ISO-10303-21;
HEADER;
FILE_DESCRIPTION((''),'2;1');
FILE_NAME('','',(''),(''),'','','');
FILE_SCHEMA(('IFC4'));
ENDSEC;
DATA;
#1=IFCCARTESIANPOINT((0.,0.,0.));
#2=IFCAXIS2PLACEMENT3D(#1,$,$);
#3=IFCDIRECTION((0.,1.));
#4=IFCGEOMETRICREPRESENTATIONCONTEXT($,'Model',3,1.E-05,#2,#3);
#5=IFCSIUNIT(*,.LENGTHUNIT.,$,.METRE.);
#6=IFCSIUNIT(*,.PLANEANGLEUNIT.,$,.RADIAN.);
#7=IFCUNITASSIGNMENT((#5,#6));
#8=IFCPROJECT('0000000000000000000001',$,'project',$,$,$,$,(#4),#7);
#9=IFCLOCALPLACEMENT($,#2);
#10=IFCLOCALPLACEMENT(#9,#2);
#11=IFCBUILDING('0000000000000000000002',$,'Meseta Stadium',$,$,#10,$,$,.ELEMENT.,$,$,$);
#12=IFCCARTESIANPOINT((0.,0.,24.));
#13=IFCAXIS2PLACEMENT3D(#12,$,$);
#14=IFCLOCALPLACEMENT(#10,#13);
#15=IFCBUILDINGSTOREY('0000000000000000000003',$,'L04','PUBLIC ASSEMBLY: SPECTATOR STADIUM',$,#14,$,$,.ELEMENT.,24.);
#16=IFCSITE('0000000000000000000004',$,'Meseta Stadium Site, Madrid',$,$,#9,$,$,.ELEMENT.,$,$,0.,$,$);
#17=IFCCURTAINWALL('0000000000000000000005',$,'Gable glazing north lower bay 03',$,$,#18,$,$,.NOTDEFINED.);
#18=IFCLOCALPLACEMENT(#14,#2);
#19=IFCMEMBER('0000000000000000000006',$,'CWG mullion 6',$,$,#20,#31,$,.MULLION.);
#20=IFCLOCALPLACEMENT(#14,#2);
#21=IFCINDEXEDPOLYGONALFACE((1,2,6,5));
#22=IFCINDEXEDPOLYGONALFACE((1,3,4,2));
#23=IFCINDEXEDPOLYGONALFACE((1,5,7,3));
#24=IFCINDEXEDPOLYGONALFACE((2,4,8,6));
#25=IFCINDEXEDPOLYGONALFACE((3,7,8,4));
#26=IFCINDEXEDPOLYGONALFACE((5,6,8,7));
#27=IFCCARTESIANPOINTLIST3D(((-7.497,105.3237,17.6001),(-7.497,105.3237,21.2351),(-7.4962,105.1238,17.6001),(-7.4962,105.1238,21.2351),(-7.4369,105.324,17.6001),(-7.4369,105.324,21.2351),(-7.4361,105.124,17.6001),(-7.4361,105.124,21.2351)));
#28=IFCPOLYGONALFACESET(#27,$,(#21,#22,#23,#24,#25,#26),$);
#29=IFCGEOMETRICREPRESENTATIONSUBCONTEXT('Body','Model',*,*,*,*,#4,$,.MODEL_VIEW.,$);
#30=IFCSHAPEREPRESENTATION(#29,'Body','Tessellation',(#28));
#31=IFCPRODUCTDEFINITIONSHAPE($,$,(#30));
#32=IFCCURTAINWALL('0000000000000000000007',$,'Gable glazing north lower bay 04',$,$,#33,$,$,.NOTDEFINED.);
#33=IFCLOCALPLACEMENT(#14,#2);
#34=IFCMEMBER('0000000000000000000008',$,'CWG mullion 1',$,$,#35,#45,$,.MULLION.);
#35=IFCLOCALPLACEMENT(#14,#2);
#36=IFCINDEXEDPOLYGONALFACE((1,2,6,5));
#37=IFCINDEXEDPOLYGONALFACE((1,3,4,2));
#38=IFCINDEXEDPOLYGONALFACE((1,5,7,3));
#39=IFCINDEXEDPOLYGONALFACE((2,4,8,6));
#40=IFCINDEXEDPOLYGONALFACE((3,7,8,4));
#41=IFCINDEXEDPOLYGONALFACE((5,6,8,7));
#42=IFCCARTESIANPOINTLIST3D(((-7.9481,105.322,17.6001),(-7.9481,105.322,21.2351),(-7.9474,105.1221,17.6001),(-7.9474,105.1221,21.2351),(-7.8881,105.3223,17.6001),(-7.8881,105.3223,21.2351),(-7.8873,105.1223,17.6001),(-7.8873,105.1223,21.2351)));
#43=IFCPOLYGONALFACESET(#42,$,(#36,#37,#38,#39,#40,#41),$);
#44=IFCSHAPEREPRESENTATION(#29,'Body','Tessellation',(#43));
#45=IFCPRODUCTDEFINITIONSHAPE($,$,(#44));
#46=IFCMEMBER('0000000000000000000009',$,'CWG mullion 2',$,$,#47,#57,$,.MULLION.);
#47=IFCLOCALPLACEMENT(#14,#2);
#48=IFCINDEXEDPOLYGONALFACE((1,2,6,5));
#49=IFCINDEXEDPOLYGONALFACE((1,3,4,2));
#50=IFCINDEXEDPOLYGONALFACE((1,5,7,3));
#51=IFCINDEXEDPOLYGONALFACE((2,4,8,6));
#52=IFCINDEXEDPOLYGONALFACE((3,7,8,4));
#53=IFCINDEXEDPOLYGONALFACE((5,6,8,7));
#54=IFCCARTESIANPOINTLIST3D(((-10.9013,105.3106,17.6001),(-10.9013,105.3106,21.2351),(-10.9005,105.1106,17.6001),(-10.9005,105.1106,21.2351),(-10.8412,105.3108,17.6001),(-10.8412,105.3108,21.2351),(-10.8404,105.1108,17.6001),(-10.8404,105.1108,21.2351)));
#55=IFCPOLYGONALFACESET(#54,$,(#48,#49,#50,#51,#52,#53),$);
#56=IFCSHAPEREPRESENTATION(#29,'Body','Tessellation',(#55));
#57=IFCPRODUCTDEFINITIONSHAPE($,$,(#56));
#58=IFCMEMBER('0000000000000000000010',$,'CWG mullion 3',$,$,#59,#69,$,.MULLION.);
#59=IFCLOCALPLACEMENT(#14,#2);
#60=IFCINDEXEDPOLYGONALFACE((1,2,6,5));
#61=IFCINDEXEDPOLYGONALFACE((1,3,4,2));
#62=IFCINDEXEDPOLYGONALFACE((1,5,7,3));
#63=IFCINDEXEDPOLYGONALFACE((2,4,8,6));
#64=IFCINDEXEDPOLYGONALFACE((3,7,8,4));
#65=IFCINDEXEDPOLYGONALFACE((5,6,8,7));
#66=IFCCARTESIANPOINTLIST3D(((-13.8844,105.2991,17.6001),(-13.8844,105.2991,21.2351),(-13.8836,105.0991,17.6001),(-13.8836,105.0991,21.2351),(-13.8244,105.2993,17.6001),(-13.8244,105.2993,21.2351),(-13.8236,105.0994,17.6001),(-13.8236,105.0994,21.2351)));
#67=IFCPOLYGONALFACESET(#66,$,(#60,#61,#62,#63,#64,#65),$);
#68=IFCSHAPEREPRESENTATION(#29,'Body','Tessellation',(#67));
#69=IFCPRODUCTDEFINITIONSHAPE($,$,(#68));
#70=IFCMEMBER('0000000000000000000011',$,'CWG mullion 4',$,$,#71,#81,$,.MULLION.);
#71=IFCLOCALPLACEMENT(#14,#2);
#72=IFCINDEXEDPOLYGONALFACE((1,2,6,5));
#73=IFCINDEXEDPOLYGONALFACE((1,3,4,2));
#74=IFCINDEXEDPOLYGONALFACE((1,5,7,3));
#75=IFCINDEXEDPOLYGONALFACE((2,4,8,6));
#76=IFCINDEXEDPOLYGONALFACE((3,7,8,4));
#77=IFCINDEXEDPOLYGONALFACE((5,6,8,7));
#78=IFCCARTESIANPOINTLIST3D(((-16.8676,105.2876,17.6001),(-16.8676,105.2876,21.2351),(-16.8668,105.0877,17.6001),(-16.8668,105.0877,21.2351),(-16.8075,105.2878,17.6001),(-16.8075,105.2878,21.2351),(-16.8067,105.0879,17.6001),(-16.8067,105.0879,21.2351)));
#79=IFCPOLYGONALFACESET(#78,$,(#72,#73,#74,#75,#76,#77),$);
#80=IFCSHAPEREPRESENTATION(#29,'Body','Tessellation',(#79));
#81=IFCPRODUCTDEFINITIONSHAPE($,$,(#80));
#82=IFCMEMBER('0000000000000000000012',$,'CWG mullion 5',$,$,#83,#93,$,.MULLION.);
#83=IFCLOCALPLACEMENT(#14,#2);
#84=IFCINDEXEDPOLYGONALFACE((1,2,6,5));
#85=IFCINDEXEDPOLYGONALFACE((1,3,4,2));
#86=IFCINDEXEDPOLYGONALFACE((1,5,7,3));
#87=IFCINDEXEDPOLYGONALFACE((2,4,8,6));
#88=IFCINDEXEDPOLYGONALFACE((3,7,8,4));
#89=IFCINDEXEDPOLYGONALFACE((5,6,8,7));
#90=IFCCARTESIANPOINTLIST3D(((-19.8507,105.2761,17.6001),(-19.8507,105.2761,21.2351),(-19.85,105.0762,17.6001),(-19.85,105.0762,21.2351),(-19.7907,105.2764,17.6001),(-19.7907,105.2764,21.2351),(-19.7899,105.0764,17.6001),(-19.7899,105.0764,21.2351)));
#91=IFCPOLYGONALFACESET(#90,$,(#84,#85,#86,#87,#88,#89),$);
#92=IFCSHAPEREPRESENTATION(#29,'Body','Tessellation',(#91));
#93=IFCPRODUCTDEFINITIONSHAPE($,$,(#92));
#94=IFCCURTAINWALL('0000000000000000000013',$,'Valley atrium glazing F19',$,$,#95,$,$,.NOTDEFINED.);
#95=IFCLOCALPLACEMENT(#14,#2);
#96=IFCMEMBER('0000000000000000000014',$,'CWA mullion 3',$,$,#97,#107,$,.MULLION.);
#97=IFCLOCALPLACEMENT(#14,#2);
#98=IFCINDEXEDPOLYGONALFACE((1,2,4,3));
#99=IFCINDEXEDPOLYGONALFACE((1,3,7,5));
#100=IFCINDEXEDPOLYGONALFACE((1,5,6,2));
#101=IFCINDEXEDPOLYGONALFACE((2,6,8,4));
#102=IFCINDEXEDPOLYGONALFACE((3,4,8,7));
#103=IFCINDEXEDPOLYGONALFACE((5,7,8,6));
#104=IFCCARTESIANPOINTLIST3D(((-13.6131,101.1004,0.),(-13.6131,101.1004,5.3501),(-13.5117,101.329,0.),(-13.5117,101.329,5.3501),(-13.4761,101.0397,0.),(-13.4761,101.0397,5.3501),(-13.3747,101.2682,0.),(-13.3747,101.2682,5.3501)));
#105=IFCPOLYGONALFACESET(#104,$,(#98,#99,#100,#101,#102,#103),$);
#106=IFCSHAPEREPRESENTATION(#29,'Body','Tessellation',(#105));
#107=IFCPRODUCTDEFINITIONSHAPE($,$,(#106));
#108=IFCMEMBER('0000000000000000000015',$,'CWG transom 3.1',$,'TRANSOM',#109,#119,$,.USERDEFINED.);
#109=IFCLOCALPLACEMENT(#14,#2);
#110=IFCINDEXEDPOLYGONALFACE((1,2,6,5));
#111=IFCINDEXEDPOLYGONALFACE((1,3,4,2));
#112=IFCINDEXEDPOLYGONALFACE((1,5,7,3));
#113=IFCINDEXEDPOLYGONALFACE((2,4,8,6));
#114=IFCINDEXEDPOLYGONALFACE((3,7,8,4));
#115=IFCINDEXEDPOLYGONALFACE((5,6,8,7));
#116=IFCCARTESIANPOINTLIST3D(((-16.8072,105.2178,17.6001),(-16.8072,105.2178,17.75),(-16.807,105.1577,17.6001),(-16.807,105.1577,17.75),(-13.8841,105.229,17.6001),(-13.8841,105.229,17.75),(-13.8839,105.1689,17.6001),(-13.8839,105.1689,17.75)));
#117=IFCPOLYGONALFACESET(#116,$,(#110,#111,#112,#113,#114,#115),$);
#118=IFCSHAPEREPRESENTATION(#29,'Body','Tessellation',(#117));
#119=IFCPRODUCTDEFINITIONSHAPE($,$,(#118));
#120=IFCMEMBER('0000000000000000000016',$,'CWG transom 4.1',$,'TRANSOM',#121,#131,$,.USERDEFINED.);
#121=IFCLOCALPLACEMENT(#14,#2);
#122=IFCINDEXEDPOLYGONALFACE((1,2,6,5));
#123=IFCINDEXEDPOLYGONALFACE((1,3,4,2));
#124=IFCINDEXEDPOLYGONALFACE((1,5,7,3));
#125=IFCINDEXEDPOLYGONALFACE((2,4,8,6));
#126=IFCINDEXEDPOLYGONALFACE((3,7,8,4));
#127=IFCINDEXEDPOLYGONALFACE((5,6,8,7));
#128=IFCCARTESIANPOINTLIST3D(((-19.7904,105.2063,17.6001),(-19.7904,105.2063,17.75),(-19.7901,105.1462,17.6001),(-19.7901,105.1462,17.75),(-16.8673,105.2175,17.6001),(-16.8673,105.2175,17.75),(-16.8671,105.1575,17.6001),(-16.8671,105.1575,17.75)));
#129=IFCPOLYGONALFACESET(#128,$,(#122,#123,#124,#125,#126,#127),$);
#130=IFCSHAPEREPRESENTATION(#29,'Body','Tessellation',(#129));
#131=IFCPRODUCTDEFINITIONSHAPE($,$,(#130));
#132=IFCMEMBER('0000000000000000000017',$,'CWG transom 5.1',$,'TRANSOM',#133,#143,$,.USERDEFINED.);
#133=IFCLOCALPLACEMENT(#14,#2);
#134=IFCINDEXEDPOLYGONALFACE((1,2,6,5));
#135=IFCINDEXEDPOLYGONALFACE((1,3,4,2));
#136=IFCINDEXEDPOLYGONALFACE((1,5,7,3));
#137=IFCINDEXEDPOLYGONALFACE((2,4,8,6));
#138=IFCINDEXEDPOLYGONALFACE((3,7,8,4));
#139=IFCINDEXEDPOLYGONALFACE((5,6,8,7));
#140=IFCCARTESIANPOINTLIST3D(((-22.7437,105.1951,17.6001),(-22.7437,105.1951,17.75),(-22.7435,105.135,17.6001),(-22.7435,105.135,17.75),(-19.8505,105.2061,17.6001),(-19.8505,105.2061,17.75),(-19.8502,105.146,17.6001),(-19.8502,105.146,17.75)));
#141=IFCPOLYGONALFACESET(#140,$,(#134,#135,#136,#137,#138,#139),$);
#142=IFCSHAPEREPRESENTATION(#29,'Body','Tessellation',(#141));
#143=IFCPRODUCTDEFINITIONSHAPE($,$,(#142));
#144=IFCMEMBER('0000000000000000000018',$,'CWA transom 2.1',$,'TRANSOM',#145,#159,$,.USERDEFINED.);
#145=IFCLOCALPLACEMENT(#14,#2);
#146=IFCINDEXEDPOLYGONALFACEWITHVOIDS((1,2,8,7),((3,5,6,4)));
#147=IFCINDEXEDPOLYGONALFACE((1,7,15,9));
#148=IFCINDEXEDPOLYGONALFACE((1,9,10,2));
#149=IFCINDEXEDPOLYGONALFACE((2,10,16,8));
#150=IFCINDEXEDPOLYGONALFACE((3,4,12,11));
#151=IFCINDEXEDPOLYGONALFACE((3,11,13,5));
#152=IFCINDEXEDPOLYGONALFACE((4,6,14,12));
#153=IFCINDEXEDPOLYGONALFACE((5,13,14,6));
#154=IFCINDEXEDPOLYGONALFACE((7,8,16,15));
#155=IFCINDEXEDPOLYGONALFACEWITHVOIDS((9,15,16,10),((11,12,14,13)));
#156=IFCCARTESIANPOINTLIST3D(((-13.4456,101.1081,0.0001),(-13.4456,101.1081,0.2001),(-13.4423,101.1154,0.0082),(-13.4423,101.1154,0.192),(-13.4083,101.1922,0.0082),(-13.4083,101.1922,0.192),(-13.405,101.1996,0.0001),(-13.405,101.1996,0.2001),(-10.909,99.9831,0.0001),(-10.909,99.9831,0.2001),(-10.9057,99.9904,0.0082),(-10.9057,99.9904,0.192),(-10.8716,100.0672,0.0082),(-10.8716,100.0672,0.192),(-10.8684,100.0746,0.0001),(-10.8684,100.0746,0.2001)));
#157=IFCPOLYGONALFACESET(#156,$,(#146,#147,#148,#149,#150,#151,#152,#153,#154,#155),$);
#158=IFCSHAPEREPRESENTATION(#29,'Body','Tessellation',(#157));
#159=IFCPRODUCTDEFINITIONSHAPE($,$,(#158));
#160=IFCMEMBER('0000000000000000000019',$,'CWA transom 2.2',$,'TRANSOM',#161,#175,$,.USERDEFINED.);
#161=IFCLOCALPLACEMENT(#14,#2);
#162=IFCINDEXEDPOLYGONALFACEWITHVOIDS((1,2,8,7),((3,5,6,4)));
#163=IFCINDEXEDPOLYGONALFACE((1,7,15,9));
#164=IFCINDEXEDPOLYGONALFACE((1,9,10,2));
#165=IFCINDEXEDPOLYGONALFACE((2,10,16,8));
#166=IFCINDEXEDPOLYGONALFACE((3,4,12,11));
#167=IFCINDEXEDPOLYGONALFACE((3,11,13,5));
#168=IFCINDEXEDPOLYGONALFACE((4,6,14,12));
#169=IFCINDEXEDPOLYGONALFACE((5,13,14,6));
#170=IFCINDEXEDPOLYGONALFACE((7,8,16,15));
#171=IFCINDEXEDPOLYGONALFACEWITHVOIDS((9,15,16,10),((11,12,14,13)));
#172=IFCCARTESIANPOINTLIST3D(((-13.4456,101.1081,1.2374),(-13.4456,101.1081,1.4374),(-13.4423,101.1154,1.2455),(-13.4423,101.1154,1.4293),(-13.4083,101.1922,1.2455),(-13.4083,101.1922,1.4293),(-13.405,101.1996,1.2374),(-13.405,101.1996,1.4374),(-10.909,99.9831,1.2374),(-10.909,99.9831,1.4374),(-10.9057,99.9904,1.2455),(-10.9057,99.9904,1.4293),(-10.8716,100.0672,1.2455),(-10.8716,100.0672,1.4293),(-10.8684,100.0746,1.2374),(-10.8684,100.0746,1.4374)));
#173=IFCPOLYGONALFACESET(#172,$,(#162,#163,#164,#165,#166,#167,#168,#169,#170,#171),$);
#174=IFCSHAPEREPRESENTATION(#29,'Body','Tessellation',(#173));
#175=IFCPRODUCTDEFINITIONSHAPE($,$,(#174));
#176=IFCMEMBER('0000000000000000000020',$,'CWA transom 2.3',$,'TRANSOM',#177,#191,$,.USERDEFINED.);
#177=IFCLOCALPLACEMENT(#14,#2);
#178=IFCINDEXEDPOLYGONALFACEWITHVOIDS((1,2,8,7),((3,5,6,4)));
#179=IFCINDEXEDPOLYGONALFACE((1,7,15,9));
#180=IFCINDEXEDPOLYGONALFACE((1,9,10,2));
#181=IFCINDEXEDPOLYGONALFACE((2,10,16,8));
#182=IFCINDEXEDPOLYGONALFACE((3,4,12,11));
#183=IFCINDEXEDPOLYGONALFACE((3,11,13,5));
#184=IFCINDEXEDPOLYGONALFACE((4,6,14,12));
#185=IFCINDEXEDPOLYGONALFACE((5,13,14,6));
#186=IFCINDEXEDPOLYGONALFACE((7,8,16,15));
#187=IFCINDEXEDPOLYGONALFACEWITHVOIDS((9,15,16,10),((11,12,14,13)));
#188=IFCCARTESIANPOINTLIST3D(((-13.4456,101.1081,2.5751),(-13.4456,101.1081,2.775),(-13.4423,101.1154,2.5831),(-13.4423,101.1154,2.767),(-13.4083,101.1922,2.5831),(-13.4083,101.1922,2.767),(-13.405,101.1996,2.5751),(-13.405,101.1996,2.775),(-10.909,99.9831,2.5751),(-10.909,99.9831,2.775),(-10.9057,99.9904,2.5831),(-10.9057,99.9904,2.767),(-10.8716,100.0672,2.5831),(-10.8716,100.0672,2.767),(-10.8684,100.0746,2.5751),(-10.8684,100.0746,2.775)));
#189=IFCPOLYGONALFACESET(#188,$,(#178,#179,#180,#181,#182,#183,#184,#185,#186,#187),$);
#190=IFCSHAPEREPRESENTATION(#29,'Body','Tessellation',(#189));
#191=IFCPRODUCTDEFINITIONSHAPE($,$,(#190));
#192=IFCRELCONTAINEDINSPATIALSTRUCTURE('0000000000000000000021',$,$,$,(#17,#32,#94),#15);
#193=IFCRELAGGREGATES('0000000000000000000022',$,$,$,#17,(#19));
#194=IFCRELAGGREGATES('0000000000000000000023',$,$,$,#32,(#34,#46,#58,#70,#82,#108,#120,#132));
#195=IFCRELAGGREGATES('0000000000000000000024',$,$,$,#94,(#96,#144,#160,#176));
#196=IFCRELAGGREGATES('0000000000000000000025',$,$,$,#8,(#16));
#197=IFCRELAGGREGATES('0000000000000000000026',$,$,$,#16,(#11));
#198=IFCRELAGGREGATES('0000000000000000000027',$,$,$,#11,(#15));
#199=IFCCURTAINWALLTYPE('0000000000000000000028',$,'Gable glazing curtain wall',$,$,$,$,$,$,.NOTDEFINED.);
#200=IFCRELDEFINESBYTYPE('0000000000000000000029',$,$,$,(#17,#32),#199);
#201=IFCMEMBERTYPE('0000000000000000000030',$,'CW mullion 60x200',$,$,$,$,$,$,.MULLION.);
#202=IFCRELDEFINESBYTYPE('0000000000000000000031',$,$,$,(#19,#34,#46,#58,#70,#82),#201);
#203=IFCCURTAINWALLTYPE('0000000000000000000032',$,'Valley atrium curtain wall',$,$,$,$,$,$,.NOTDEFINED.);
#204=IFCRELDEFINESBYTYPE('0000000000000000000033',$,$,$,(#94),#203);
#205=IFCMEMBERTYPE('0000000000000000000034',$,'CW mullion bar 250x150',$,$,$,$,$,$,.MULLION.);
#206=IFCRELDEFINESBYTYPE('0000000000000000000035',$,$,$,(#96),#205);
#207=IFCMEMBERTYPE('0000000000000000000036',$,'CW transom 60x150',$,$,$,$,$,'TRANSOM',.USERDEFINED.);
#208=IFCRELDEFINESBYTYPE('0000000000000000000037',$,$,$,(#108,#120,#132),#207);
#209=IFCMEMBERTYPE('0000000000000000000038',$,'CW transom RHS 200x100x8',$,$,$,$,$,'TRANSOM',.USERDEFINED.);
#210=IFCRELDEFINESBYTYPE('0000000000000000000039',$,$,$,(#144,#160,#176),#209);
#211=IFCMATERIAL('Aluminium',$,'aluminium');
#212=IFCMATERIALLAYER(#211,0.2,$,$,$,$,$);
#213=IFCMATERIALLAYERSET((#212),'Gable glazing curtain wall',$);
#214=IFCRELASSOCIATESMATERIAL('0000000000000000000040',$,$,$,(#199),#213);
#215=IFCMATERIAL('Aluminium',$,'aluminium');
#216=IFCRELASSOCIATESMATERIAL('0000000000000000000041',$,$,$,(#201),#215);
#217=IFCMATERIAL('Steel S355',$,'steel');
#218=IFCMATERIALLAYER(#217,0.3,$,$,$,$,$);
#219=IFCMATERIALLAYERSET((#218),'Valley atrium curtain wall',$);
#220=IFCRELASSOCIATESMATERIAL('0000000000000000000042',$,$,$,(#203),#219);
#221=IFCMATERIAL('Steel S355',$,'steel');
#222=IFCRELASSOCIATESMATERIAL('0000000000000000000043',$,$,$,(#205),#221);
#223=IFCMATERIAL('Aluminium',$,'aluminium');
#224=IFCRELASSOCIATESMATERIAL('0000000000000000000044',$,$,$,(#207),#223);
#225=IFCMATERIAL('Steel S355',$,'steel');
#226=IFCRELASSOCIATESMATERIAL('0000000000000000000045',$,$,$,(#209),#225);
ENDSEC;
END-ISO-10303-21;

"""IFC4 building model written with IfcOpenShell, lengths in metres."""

from ifc_helpers import new_model, si_unit, direction, frame, origin, origin_2d, place, context, subcontext, project, spatial, rectangle, hollow_rectangle, extrude, material, layer, layer_set, material_profile, profile_set, type_object, element, aggregate, save


model = new_model("IFC4")

# Units and contexts
model_context = context("Model", 3, precision=1e-05, world=origin(), true_north=direction((0.0, 1.0)))
body_context = subcontext(model_context, "Body", "Model", "MODEL_VIEW")
ifc_project = project(units=[si_unit("LENGTHUNIT", "METRE"), si_unit("PLANEANGLEUNIT", "RADIAN")], contexts=[model_context])

# Site, building, storey
site_placement = place(None, origin())
site = spatial("IfcSite", under=ifc_project, at=site_placement, Name="Meseta Stadium Site, Madrid", CompositionType="ELEMENT", RefElevation=0.0)
building_placement = place(site_placement, origin())
building = spatial("IfcBuilding", under=site, at=building_placement, Name="Meseta Stadium", CompositionType="ELEMENT")
storey_placement = place(building_placement, frame((0.0, 0.0, 24.0)))
storey = spatial("IfcBuildingStorey", under=building, at=storey_placement, Name="L04", Description="PUBLIC ASSEMBLY: SPECTATOR STADIUM", CompositionType="ELEMENT", Elevation=24.0)

# Curtain wall, member
ifc_material_1 = material(Name="Aluminium", Category="aluminium")
ifc_layer_1 = layer(ifc_material_1, 0.2)
ifc_layer_set_1 = layer_set([ifc_layer_1], Name="Gable glazing curtain wall")
curtain_wall_type_1 = type_object("IfcCurtainWallType", Name="Gable glazing curtain wall", PredefinedType="NOTDEFINED", material=ifc_layer_set_1)
curtain_wall_1_placement = place(storey_placement, origin())
curtain_wall_1 = element("IfcCurtainWall", 1, at=curtain_wall_1_placement, inside=storey, type_object=curtain_wall_type_1, Name="Gable glazing north lower bay 03", PredefinedType="NOTDEFINED")
ifc_material_2 = material(Name="Aluminium", Category="aluminium")
ifc_material_profile_1 = material_profile(ifc_material_2, rectangle(XDim=0.2, YDim=0.0601, at=origin_2d()), Name="CW 200x60")
ifc_profile_set_1 = profile_set([ifc_material_profile_1], Name="Aluminium")
member_type_1 = type_object("IfcMemberType", Name="CW mullion 60x200", PredefinedType="MULLION", material=ifc_profile_set_1)
member_1_placement = place(storey_placement, frame((-7.4666, 105.2239, 17.6001), z_axis=(0.0, 0.0, 1.0), x_axis=(0.003848, -0.999993, 0.0)))
member_1 = element("IfcMember", 2, at=member_1_placement, type_object=member_type_1, Name="CWG mullion 6", PredefinedType="MULLION", context=body_context, shape_type="SweptSolid", body=[
    extrude(rectangle(XDim=0.2, YDim=0.0601, at=origin_2d()), origin(), (0.0, 0.0, 1.0), 3.635),
])
aggregate(curtain_wall_1, [member_1])

# Curtain wall, members
curtain_wall_2_placement = place(storey_placement, origin())
curtain_wall_2 = element("IfcCurtainWall", 3, at=curtain_wall_2_placement, inside=storey, type_object=curtain_wall_type_1, Name="Gable glazing north lower bay 04", PredefinedType="NOTDEFINED")
member_2_placement = place(storey_placement, frame((-7.9177, 105.2222, 17.6001), z_axis=(0.0, 0.0, 1.0), x_axis=(0.003848, -0.999993, 0.0)))
member_2 = element("IfcMember", 4, at=member_2_placement, type_object=member_type_1, Name="CWG mullion 1", PredefinedType="MULLION", context=body_context, shape_type="SweptSolid", body=[
    extrude(rectangle(XDim=0.2, YDim=0.0601, at=origin_2d()), origin(), (0.0, 0.0, 1.0), 3.635),
])
member_3_placement = place(storey_placement, frame((-10.8708, 105.2107, 17.6001), z_axis=(0.0, 0.0, 1.0), x_axis=(0.003848, -0.999993, 0.0)))
member_3 = element("IfcMember", 5, at=member_3_placement, type_object=member_type_1, Name="CWG mullion 2", PredefinedType="MULLION", context=body_context, shape_type="SweptSolid", body=[
    extrude(rectangle(XDim=0.2, YDim=0.0601, at=origin_2d()), origin(), (0.0, 0.0, 1.0), 3.635),
])
member_4_placement = place(storey_placement, frame((-13.854, 105.1992, 17.6001), z_axis=(0.0, 0.0, 1.0), x_axis=(0.003848, -0.999993, 0.0)))
member_4 = element("IfcMember", 6, at=member_4_placement, type_object=member_type_1, Name="CWG mullion 3", PredefinedType="MULLION", context=body_context, shape_type="SweptSolid", body=[
    extrude(rectangle(XDim=0.2, YDim=0.0601, at=origin_2d()), origin(), (0.0, 0.0, 1.0), 3.635),
])
member_5_placement = place(storey_placement, frame((-16.8372, 105.1877, 17.6001), z_axis=(0.0, 0.0, 1.0), x_axis=(0.003848, -0.999993, 0.0)))
member_5 = element("IfcMember", 7, at=member_5_placement, type_object=member_type_1, Name="CWG mullion 4", PredefinedType="MULLION", context=body_context, shape_type="SweptSolid", body=[
    extrude(rectangle(XDim=0.2, YDim=0.0601, at=origin_2d()), origin(), (0.0, 0.0, 1.0), 3.635),
])
member_6_placement = place(storey_placement, frame((-19.8203, 105.1763, 17.6001), z_axis=(0.0, 0.0, 1.0), x_axis=(0.003848, -0.999993, 0.0)))
member_6 = element("IfcMember", 8, at=member_6_placement, type_object=member_type_1, Name="CWG mullion 5", PredefinedType="MULLION", context=body_context, shape_type="SweptSolid", body=[
    extrude(rectangle(XDim=0.2, YDim=0.0601, at=origin_2d()), origin(), (0.0, 0.0, 1.0), 3.635),
])

# Curtain wall, member
ifc_material_3 = material(Name="Steel S355", Category="steel")
ifc_layer_2 = layer(ifc_material_3, 0.3)
ifc_layer_set_2 = layer_set([ifc_layer_2], Name="Valley atrium curtain wall")
curtain_wall_type_2 = type_object("IfcCurtainWallType", Name="Valley atrium curtain wall", PredefinedType="NOTDEFINED", material=ifc_layer_set_2)
curtain_wall_3_placement = place(storey_placement, origin())
curtain_wall_3 = element("IfcCurtainWall", 9, at=curtain_wall_3_placement, inside=storey, type_object=curtain_wall_type_2, Name="Valley atrium glazing F19", PredefinedType="NOTDEFINED")
ifc_material_4 = material(Name="Steel S355", Category="steel")
ifc_material_profile_2 = material_profile(ifc_material_4, rectangle(XDim=0.25, YDim=0.1499, at=origin_2d()), Name="CW 250x150")
ifc_profile_set_2 = profile_set([ifc_material_profile_2], Name="Steel S355")
member_type_2 = type_object("IfcMemberType", Name="CW mullion bar 250x150", PredefinedType="MULLION", material=ifc_profile_set_2)
member_7_placement = place(storey_placement, frame((-13.4939, 101.1843, 0.0), z_axis=(0.0, 0.0, 1.0), x_axis=(-0.405401, -0.914139, 0.0)))
member_7 = element("IfcMember", 10, at=member_7_placement, type_object=member_type_2, Name="CWA mullion 3", PredefinedType="MULLION", context=body_context, shape_type="SweptSolid", body=[
    extrude(rectangle(XDim=0.25, YDim=0.1499, at=origin_2d()), origin(), (0.0, 0.0, 1.0), 5.3501),
])

# Members
ifc_material_5 = material(Name="Aluminium", Category="aluminium")
ifc_material_profile_3 = material_profile(ifc_material_5, rectangle(XDim=0.0601, YDim=0.1499, at=origin_2d()), Name="CW 60x150")
ifc_profile_set_3 = profile_set([ifc_material_profile_3], Name="Aluminium")
member_type_3 = type_object("IfcMemberType", Name="CW transom 60x150", ElementType="TRANSOM", PredefinedType="USERDEFINED", material=ifc_profile_set_3)
member_8_placement = place(storey_placement, frame((-13.884, 105.199, 17.675), z_axis=(-0.999993, -0.003842, 0.0), x_axis=(0.003842, -0.999993, 0.0)))
member_8 = element("IfcMember", 11, at=member_8_placement, type_object=member_type_3, Name="CWG transom 3.1", ObjectType="TRANSOM", PredefinedType="USERDEFINED", context=body_context, shape_type="SweptSolid", body=[
    extrude(rectangle(XDim=0.0601, YDim=0.1499, at=origin_2d()), origin(), (0.0, 0.0, 1.0), 2.9231),
])
member_9_placement = place(storey_placement, frame((-16.8672, 105.1875, 17.675), z_axis=(-0.999993, -0.003842, 0.0), x_axis=(0.003842, -0.999993, 0.0)))
member_9 = element("IfcMember", 12, at=member_9_placement, type_object=member_type_3, Name="CWG transom 4.1", ObjectType="TRANSOM", PredefinedType="USERDEFINED", context=body_context, shape_type="SweptSolid", body=[
    extrude(rectangle(XDim=0.0601, YDim=0.1499, at=origin_2d()), origin(), (0.0, 0.0, 1.0), 2.9231),
])
member_10_placement = place(storey_placement, frame((-19.8503, 105.176, 17.675), z_axis=(-0.999993, -0.003797, 0.0), x_axis=(0.003797, -0.999993, 0.0)))
member_10 = element("IfcMember", 13, at=member_10_placement, type_object=member_type_3, Name="CWG transom 5.1", ObjectType="TRANSOM", PredefinedType="USERDEFINED", context=body_context, shape_type="SweptSolid", body=[
    extrude(rectangle(XDim=0.0601, YDim=0.1499, at=origin_2d()), origin(), (0.0, 0.0, 1.0), 2.8933),
])
aggregate(curtain_wall_2, [member_2, member_3, member_4, member_5, member_6, member_8, member_9, member_10])
ifc_material_6 = material(Name="Steel S355", Category="steel")
ifc_material_profile_4 = material_profile(ifc_material_6, hollow_rectangle(XDim=0.1001, YDim=0.2, WallThickness=0.0081, at=origin_2d()), Name="RHS 200x100x8")
ifc_profile_set_4 = profile_set([ifc_material_profile_4], Name="Steel S355")
member_type_4 = type_object("IfcMemberType", Name="CW transom RHS 200x100x8", ElementType="TRANSOM", PredefinedType="USERDEFINED", material=ifc_profile_set_4)
member_11_placement = place(storey_placement, frame((-10.8887, 100.0288, 0.1001), z_axis=(-0.914131, 0.40542, 0.0), x_axis=(-0.40542, -0.914131, 0.0)))
member_11 = element("IfcMember", 14, at=member_11_placement, type_object=member_type_4, Name="CWA transom 2.1", ObjectType="TRANSOM", PredefinedType="USERDEFINED", context=body_context, shape_type="SweptSolid", body=[
    extrude(hollow_rectangle(XDim=0.1001, YDim=0.2, WallThickness=0.0081, at=origin_2d()), origin(), (0.0, 0.0, 1.0), 2.7749),
])
member_12_placement = place(storey_placement, frame((-10.8887, 100.0288, 1.3374), z_axis=(-0.914131, 0.40542, 0.0), x_axis=(-0.40542, -0.914131, 0.0)))
member_12 = element("IfcMember", 15, at=member_12_placement, type_object=member_type_4, Name="CWA transom 2.2", ObjectType="TRANSOM", PredefinedType="USERDEFINED", context=body_context, shape_type="SweptSolid", body=[
    extrude(hollow_rectangle(XDim=0.1001, YDim=0.2, WallThickness=0.0081, at=origin_2d()), origin(), (0.0, 0.0, 1.0), 2.7749),
])
member_13_placement = place(storey_placement, frame((-10.8887, 100.0288, 2.675), z_axis=(-0.914131, 0.40542, 0.0), x_axis=(-0.40542, -0.914131, 0.0)))
member_13 = element("IfcMember", 16, at=member_13_placement, type_object=member_type_4, Name="CWA transom 2.3", ObjectType="TRANSOM", PredefinedType="USERDEFINED", context=body_context, shape_type="SweptSolid", body=[
    extrude(hollow_rectangle(XDim=0.1001, YDim=0.2, WallThickness=0.0081, at=origin_2d()), origin(), (0.0, 0.0, 1.0), 2.7749),
])

aggregate(curtain_wall_3, [member_7, member_11, member_12, member_13])

save(model, "model.ifc")
